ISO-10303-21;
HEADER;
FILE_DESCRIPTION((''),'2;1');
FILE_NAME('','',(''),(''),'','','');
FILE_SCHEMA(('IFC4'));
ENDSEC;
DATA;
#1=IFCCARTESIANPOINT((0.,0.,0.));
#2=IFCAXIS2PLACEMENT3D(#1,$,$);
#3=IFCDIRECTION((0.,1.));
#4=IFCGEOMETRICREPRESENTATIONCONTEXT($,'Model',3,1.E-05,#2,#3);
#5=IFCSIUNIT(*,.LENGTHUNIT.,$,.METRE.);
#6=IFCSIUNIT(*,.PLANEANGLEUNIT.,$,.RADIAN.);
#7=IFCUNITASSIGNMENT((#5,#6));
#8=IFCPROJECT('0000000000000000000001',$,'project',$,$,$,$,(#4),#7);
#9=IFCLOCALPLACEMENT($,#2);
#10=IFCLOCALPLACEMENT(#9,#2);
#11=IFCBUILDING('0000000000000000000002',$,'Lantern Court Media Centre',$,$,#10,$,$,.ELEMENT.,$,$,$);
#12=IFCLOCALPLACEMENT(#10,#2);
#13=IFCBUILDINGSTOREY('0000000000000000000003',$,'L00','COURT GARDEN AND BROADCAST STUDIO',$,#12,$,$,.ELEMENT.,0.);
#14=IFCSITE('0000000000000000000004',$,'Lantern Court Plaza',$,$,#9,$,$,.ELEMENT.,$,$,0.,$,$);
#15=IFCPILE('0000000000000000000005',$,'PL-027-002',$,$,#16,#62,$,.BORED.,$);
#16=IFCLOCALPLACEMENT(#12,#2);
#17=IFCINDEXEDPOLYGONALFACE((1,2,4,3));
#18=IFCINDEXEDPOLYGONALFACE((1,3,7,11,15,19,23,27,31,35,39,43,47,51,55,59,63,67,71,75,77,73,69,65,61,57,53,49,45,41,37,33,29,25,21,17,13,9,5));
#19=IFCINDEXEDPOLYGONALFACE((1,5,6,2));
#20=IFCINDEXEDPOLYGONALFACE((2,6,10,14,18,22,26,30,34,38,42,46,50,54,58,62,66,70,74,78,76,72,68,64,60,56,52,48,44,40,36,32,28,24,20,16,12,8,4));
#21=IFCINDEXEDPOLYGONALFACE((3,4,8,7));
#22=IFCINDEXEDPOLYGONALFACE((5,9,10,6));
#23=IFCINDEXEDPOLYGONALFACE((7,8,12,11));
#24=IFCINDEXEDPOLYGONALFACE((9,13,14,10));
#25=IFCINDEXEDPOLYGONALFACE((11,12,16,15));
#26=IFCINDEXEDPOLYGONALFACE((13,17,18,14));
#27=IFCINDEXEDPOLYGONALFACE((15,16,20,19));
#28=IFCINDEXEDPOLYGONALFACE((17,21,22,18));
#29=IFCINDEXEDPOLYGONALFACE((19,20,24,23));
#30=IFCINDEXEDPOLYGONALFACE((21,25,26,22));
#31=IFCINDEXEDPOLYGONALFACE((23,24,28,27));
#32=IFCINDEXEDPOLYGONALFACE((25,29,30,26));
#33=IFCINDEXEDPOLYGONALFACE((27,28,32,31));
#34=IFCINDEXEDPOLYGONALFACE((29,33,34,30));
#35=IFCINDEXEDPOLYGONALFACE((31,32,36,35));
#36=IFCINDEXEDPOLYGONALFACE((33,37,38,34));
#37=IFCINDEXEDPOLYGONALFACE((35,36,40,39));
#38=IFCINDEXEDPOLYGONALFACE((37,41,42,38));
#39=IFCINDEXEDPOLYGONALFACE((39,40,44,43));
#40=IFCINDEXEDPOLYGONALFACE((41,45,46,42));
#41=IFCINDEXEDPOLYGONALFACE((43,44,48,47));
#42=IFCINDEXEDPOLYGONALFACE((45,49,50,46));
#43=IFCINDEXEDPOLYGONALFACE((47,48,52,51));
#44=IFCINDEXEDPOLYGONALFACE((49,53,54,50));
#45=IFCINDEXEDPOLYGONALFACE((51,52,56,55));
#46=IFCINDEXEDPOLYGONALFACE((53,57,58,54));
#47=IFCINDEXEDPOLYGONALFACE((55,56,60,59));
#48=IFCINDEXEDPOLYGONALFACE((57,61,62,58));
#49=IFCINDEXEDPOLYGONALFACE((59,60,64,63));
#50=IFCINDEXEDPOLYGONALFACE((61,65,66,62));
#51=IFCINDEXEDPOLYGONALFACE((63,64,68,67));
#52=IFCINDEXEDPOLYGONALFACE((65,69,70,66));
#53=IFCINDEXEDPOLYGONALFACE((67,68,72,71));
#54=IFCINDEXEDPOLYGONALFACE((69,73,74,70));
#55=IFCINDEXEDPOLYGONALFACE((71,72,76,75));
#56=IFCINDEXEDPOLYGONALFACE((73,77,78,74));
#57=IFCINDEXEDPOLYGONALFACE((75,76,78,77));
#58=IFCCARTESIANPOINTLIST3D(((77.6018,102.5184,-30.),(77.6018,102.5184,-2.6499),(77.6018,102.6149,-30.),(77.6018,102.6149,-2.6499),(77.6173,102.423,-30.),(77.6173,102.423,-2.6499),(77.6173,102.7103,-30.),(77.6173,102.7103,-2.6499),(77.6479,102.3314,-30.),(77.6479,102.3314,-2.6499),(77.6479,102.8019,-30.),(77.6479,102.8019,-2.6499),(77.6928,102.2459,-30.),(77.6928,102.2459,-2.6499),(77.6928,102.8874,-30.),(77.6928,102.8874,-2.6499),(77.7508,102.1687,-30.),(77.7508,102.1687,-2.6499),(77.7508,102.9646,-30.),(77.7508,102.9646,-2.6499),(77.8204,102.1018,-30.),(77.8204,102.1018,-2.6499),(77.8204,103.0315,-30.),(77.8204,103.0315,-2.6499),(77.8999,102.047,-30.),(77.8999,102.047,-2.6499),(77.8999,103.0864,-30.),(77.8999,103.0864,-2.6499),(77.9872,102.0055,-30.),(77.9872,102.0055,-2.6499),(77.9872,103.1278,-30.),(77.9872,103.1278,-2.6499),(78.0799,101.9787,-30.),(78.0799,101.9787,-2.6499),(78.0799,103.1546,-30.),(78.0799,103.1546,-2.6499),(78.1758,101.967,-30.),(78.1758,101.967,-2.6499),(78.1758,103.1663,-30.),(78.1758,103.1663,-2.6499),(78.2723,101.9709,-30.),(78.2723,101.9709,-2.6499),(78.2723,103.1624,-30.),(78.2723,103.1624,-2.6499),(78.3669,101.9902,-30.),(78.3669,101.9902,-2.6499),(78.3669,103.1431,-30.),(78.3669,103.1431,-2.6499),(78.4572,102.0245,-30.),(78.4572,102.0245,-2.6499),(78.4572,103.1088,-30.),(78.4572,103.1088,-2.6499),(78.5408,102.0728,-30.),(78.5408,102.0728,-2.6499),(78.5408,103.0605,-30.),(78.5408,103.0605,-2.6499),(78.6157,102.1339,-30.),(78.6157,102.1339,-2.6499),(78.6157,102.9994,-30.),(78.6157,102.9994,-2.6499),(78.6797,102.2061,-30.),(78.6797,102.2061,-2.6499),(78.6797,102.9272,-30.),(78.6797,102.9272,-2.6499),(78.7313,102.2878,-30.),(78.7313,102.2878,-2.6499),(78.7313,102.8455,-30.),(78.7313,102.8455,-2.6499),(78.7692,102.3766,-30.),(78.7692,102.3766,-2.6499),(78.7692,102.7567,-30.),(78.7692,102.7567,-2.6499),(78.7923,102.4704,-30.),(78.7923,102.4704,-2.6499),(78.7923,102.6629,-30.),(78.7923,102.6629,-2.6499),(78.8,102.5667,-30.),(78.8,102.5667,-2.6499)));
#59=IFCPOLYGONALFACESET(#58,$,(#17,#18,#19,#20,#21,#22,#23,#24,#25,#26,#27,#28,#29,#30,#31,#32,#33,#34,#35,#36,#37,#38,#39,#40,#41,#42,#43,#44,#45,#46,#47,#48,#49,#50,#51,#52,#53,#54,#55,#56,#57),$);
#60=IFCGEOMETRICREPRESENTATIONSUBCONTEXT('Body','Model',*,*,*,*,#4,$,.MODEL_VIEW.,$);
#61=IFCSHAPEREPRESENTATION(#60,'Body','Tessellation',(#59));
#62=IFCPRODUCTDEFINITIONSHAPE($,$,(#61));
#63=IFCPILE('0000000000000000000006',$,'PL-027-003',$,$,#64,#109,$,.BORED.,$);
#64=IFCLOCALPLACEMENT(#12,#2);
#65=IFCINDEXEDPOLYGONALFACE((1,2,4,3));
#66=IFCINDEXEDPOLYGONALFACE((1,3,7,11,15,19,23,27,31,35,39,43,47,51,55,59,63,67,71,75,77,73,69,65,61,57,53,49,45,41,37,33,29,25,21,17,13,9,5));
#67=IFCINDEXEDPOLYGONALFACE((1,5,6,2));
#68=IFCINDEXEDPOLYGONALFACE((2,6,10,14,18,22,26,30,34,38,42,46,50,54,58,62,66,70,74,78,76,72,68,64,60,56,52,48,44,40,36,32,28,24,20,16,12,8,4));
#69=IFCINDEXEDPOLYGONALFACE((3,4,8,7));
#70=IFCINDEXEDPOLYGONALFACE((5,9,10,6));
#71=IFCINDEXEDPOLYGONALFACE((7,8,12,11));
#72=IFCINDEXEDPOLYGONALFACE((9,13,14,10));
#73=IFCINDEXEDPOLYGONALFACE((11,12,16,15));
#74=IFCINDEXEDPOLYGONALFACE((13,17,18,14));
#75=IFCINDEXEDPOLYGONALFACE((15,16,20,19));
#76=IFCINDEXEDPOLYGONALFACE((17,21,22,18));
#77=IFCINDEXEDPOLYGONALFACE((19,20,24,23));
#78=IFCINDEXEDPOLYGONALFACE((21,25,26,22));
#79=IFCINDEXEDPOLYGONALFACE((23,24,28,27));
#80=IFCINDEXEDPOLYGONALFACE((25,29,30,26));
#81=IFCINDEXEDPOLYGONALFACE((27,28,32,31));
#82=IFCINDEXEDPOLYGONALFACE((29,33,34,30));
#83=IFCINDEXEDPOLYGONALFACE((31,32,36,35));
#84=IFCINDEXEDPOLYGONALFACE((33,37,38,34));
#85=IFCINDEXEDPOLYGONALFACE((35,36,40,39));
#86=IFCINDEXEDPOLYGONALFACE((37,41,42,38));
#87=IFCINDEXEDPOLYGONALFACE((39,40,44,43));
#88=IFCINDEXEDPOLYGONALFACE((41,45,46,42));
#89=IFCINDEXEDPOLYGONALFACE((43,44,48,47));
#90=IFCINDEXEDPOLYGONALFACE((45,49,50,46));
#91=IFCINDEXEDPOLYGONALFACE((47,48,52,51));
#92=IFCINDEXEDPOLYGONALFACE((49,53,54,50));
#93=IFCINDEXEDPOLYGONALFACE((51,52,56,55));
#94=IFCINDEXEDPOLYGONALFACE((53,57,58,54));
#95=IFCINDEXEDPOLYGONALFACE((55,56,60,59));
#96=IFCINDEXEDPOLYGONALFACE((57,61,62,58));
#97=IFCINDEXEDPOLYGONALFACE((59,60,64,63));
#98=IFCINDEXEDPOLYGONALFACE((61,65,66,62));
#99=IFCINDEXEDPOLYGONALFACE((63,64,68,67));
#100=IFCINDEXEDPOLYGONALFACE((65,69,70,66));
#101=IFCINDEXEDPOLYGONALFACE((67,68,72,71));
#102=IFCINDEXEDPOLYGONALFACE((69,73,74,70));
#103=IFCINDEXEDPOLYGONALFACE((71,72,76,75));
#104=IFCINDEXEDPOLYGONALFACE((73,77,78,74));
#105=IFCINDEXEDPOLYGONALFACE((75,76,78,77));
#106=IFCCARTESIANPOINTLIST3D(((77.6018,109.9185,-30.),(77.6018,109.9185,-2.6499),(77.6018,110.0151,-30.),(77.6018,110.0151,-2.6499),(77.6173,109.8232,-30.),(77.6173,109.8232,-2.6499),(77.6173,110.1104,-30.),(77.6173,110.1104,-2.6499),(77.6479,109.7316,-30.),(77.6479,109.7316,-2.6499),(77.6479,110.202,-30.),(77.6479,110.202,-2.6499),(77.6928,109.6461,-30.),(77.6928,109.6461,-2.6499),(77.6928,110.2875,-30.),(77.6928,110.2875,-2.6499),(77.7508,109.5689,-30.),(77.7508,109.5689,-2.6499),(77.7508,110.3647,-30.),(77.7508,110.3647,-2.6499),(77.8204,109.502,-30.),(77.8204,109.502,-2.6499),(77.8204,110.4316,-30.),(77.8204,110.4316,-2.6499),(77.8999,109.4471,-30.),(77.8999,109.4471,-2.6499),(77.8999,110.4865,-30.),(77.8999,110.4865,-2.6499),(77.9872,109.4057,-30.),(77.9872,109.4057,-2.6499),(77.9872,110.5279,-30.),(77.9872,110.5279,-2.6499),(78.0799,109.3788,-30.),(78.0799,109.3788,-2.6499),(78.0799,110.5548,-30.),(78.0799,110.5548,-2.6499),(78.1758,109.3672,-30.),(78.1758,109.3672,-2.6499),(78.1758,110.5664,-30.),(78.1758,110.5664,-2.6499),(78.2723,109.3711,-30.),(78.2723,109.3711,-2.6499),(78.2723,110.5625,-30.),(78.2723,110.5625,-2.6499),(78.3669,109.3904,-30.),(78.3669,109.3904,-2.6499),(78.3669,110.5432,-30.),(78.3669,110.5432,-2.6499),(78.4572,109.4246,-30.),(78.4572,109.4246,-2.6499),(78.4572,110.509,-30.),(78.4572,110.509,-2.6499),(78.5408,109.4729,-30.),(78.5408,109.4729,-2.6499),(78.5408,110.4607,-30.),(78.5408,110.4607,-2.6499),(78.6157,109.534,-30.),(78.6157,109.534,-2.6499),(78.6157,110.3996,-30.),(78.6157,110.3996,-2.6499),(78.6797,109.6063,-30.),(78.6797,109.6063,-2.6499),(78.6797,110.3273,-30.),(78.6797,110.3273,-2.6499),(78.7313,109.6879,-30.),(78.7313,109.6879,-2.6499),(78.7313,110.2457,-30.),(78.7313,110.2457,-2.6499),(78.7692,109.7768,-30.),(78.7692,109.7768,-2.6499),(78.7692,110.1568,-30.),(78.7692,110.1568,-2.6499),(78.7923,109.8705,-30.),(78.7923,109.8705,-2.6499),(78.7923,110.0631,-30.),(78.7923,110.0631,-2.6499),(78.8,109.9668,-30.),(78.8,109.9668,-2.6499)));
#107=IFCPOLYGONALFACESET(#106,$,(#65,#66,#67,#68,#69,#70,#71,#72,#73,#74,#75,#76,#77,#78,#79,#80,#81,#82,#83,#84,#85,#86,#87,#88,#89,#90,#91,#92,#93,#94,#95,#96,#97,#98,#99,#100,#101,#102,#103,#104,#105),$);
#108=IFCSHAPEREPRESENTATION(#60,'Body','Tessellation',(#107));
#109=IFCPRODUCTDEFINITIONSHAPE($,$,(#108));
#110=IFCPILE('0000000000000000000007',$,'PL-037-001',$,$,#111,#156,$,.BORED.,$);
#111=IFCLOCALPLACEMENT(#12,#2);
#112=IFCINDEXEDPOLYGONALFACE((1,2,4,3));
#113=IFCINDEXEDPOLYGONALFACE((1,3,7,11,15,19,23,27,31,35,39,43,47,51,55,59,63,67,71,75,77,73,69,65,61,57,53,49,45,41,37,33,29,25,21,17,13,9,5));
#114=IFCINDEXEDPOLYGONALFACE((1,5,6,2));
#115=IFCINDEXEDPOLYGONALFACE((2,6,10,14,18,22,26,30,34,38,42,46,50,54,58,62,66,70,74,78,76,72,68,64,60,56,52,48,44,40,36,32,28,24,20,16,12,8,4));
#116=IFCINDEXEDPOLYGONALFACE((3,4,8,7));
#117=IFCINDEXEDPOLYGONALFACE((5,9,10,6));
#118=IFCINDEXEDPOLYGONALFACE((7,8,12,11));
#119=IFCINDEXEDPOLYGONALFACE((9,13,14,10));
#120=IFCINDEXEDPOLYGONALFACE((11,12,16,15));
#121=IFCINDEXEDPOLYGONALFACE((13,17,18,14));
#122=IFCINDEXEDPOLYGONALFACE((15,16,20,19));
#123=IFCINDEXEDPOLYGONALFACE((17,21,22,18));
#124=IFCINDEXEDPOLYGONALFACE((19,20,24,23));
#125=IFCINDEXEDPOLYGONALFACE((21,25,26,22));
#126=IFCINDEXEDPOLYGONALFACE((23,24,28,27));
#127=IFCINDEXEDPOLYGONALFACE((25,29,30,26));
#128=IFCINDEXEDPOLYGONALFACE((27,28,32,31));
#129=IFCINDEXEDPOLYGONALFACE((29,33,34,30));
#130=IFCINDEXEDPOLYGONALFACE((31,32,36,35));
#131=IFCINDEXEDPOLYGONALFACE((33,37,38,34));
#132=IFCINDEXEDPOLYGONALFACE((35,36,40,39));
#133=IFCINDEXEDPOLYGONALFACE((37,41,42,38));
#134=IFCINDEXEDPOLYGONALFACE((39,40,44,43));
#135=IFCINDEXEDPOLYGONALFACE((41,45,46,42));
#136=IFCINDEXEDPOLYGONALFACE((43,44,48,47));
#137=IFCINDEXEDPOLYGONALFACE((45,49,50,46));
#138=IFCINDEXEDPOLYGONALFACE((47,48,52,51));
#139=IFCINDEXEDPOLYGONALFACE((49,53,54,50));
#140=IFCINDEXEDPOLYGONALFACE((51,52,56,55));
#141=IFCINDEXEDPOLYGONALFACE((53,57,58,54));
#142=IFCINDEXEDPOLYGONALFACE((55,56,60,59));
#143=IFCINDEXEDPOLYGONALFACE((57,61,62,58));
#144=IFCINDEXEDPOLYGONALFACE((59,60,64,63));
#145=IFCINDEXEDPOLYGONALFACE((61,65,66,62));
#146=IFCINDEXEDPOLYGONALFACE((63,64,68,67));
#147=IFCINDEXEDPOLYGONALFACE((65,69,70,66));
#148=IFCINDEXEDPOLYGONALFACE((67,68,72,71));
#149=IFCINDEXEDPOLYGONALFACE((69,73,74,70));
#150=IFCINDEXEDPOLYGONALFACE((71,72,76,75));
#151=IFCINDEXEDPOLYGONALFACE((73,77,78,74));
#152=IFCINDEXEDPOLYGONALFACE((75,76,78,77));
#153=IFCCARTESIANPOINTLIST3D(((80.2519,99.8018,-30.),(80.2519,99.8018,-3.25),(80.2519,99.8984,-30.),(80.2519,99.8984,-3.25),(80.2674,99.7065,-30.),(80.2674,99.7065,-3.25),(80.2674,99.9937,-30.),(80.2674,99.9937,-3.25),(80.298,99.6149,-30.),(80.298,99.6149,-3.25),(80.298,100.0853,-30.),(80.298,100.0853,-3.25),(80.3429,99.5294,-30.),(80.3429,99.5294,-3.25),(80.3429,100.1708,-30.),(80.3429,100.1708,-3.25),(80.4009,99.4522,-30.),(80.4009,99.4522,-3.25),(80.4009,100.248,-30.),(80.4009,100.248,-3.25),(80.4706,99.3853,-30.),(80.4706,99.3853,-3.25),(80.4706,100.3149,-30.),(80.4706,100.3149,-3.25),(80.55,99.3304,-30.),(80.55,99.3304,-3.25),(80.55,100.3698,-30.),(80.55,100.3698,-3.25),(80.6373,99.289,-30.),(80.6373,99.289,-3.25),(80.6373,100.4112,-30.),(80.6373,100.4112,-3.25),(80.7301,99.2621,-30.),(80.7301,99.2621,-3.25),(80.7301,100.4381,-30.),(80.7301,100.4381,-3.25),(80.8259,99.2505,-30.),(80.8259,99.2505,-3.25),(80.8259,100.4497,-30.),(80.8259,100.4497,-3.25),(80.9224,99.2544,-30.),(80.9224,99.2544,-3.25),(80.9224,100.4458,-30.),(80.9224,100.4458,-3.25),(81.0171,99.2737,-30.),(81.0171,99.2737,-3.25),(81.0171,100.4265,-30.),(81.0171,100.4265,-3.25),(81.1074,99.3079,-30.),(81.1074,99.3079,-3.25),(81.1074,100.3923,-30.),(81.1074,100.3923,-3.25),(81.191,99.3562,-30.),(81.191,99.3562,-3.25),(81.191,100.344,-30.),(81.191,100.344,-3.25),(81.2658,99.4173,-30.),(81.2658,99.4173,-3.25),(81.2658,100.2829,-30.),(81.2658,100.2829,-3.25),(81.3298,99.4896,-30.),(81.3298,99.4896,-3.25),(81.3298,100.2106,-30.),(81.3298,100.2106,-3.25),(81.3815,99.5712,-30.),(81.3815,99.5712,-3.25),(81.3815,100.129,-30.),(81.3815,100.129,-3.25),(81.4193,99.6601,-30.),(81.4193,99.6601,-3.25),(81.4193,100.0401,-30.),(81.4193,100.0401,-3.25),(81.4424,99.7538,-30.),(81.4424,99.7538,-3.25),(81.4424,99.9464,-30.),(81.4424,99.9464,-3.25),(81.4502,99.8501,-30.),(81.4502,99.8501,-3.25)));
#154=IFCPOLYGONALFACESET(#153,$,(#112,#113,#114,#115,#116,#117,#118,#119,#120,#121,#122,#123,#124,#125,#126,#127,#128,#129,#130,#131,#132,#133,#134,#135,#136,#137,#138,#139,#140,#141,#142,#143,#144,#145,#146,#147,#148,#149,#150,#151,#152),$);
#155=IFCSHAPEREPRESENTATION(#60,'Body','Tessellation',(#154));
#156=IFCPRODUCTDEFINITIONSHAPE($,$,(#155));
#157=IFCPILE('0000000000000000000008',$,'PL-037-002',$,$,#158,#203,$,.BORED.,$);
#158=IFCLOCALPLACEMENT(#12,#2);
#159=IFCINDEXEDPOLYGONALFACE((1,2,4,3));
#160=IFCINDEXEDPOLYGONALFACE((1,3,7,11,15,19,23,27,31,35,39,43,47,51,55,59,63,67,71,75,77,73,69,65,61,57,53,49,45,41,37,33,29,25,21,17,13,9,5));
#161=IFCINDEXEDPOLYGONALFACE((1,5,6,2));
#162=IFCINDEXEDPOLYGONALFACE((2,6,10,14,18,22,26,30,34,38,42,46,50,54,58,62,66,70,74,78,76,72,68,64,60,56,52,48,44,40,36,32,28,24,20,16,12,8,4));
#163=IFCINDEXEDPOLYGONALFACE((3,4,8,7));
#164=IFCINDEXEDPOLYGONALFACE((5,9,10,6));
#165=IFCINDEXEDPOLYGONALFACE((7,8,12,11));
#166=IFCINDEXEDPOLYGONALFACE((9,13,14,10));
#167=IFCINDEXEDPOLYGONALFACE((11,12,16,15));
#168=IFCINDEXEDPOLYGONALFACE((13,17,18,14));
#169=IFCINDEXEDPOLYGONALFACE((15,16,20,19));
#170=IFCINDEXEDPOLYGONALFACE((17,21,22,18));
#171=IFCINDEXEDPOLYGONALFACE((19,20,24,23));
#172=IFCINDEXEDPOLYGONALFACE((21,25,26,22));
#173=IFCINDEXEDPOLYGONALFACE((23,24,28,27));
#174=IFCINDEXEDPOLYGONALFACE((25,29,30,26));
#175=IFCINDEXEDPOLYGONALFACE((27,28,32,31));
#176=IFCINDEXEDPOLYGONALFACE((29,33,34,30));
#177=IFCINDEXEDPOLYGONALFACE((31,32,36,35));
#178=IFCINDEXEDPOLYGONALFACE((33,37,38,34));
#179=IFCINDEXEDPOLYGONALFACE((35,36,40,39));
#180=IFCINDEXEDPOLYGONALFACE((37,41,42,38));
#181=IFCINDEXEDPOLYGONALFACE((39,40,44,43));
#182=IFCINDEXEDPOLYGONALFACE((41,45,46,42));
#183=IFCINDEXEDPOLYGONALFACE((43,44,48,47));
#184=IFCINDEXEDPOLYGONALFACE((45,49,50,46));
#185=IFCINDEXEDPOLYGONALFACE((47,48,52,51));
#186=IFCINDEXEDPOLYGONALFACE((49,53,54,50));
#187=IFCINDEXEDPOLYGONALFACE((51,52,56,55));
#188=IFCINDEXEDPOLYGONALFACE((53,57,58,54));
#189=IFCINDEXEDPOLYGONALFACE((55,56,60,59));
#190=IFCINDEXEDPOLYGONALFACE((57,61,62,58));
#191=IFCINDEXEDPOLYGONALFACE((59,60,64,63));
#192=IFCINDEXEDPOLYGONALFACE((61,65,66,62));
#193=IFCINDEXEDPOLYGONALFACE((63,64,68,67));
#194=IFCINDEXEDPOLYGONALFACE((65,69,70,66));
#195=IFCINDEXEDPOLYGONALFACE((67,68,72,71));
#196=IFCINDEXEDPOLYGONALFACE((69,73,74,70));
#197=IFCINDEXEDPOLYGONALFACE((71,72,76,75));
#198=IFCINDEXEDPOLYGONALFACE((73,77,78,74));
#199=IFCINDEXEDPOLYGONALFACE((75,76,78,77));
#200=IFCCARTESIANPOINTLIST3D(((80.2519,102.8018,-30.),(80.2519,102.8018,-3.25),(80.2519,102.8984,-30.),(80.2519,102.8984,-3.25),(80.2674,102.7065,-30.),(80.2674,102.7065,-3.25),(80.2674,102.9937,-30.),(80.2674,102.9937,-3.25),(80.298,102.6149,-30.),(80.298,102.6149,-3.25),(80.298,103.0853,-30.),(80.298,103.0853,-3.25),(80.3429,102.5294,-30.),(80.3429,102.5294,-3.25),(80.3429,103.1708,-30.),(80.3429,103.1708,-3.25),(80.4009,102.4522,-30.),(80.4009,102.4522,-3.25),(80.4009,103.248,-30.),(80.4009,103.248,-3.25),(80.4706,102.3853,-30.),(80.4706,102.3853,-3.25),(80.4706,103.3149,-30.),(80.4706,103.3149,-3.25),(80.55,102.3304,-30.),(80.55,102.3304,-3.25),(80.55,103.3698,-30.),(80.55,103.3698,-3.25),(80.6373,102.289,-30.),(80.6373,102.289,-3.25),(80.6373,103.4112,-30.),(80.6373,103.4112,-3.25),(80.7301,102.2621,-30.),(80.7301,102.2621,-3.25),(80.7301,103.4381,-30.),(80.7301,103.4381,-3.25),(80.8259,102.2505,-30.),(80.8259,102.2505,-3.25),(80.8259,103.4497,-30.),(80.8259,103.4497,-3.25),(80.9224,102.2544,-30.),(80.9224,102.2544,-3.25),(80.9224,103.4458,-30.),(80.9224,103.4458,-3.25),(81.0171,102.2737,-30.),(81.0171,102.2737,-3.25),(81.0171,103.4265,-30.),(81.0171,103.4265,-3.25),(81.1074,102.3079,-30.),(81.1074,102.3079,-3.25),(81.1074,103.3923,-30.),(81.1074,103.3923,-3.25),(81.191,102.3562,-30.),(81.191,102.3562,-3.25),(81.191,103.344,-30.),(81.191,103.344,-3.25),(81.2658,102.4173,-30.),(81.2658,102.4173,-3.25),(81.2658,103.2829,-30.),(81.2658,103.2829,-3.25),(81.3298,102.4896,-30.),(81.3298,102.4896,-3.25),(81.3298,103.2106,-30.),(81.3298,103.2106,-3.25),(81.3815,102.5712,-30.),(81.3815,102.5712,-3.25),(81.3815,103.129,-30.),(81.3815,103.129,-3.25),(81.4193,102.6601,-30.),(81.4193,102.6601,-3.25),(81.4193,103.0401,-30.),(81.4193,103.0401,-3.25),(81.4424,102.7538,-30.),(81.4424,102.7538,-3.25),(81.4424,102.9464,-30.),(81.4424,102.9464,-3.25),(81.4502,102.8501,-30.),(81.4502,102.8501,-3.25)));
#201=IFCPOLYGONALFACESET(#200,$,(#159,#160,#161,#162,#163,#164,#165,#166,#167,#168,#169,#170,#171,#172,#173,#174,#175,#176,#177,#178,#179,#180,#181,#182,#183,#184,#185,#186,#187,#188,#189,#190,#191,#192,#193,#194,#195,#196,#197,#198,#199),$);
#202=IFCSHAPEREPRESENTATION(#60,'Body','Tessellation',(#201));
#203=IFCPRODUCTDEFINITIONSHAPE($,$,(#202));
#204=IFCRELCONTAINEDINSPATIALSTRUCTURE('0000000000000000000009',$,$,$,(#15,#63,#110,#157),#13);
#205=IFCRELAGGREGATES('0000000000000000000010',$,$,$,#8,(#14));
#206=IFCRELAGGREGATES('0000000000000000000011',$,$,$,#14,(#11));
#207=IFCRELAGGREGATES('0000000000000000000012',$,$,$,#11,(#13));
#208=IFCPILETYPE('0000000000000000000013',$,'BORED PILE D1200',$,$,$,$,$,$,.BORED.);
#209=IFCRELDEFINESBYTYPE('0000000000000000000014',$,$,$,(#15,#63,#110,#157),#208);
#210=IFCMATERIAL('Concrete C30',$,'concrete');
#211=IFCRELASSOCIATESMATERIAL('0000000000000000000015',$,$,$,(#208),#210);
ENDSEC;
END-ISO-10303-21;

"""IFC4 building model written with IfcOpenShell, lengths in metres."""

from ifc_helpers import new_model, si_unit, direction, frame, origin, origin_2d, place, context, subcontext, project, spatial, circle, extrude, material, material_profile, profile_set, type_object, element, save


model = new_model("IFC4")

# Units and contexts
model_context = context("Model", 3, precision=1e-05, world=origin(), true_north=direction((0.0, 1.0)))
body_context = subcontext(model_context, "Body", "Model", "MODEL_VIEW")
ifc_project = project(units=[si_unit("LENGTHUNIT", "METRE"), si_unit("PLANEANGLEUNIT", "RADIAN")], contexts=[model_context])

# Site, building, storey
site_placement = place(None, origin())
site = spatial("IfcSite", under=ifc_project, at=site_placement, Name="Lantern Court Plaza", CompositionType="ELEMENT", RefElevation=0.0)
building_placement = place(site_placement, origin())
building = spatial("IfcBuilding", under=site, at=building_placement, Name="Lantern Court Media Centre", CompositionType="ELEMENT")
storey_placement = place(building_placement, origin())
storey = spatial("IfcBuildingStorey", under=building, at=storey_placement, Name="L00", Description="COURT GARDEN AND BROADCAST STUDIO", CompositionType="ELEMENT", Elevation=0.0)

# Piles
ifc_material_1 = material(Name="Concrete C30", Category="concrete")
ifc_material_profile_1 = material_profile(ifc_material_1, circle(Radius=0.6001, at=origin_2d()), Name="D1200")
ifc_profile_set_1 = profile_set([ifc_material_profile_1], Name="Concrete C30")
pile_type_1 = type_object("IfcPileType", Name="BORED PILE D1200", PredefinedType="BORED", material=ifc_profile_set_1)
for number, where, z_axis, x_axis, name in (
    (1, (78.2, 102.5667, -2.6499), (0.0, 0.0, -1.0), (1.0, 0.0, 0.0), "PL-027-002"),
    (2, (78.2, 109.9668, -2.6499), (0.0, 0.0, -1.0), (1.0, 0.0, 0.0), "PL-027-003"),
):
    element("IfcPile", number, at=place(storey_placement, frame(where, z_axis=z_axis, x_axis=x_axis)), inside=storey, type_object=pile_type_1, Name=name, PredefinedType="BORED", context=body_context, shape_type="SweptSolid", body=[
        extrude(circle(Radius=0.6001, at=origin_2d()), origin(), (0.0, 0.0, 1.0), 27.3501),
    ])
for number, where, z_axis, x_axis, name in (
    (3, (80.8501, 99.8501, -3.25), (0.0, 0.0, -1.0), (1.0, 0.0, 0.0), "PL-037-001"),
    (4, (80.8501, 102.8501, -3.25), (0.0, 0.0, -1.0), (1.0, 0.0, 0.0), "PL-037-002"),
):
    element("IfcPile", number, at=place(storey_placement, frame(where, z_axis=z_axis, x_axis=x_axis)), inside=storey, type_object=pile_type_1, Name=name, PredefinedType="BORED", context=body_context, shape_type="SweptSolid", body=[
        extrude(circle(Radius=0.6001, at=origin_2d()), origin(), (0.0, 0.0, 1.0), 26.75),
    ])

save(model, "model.ifc")
